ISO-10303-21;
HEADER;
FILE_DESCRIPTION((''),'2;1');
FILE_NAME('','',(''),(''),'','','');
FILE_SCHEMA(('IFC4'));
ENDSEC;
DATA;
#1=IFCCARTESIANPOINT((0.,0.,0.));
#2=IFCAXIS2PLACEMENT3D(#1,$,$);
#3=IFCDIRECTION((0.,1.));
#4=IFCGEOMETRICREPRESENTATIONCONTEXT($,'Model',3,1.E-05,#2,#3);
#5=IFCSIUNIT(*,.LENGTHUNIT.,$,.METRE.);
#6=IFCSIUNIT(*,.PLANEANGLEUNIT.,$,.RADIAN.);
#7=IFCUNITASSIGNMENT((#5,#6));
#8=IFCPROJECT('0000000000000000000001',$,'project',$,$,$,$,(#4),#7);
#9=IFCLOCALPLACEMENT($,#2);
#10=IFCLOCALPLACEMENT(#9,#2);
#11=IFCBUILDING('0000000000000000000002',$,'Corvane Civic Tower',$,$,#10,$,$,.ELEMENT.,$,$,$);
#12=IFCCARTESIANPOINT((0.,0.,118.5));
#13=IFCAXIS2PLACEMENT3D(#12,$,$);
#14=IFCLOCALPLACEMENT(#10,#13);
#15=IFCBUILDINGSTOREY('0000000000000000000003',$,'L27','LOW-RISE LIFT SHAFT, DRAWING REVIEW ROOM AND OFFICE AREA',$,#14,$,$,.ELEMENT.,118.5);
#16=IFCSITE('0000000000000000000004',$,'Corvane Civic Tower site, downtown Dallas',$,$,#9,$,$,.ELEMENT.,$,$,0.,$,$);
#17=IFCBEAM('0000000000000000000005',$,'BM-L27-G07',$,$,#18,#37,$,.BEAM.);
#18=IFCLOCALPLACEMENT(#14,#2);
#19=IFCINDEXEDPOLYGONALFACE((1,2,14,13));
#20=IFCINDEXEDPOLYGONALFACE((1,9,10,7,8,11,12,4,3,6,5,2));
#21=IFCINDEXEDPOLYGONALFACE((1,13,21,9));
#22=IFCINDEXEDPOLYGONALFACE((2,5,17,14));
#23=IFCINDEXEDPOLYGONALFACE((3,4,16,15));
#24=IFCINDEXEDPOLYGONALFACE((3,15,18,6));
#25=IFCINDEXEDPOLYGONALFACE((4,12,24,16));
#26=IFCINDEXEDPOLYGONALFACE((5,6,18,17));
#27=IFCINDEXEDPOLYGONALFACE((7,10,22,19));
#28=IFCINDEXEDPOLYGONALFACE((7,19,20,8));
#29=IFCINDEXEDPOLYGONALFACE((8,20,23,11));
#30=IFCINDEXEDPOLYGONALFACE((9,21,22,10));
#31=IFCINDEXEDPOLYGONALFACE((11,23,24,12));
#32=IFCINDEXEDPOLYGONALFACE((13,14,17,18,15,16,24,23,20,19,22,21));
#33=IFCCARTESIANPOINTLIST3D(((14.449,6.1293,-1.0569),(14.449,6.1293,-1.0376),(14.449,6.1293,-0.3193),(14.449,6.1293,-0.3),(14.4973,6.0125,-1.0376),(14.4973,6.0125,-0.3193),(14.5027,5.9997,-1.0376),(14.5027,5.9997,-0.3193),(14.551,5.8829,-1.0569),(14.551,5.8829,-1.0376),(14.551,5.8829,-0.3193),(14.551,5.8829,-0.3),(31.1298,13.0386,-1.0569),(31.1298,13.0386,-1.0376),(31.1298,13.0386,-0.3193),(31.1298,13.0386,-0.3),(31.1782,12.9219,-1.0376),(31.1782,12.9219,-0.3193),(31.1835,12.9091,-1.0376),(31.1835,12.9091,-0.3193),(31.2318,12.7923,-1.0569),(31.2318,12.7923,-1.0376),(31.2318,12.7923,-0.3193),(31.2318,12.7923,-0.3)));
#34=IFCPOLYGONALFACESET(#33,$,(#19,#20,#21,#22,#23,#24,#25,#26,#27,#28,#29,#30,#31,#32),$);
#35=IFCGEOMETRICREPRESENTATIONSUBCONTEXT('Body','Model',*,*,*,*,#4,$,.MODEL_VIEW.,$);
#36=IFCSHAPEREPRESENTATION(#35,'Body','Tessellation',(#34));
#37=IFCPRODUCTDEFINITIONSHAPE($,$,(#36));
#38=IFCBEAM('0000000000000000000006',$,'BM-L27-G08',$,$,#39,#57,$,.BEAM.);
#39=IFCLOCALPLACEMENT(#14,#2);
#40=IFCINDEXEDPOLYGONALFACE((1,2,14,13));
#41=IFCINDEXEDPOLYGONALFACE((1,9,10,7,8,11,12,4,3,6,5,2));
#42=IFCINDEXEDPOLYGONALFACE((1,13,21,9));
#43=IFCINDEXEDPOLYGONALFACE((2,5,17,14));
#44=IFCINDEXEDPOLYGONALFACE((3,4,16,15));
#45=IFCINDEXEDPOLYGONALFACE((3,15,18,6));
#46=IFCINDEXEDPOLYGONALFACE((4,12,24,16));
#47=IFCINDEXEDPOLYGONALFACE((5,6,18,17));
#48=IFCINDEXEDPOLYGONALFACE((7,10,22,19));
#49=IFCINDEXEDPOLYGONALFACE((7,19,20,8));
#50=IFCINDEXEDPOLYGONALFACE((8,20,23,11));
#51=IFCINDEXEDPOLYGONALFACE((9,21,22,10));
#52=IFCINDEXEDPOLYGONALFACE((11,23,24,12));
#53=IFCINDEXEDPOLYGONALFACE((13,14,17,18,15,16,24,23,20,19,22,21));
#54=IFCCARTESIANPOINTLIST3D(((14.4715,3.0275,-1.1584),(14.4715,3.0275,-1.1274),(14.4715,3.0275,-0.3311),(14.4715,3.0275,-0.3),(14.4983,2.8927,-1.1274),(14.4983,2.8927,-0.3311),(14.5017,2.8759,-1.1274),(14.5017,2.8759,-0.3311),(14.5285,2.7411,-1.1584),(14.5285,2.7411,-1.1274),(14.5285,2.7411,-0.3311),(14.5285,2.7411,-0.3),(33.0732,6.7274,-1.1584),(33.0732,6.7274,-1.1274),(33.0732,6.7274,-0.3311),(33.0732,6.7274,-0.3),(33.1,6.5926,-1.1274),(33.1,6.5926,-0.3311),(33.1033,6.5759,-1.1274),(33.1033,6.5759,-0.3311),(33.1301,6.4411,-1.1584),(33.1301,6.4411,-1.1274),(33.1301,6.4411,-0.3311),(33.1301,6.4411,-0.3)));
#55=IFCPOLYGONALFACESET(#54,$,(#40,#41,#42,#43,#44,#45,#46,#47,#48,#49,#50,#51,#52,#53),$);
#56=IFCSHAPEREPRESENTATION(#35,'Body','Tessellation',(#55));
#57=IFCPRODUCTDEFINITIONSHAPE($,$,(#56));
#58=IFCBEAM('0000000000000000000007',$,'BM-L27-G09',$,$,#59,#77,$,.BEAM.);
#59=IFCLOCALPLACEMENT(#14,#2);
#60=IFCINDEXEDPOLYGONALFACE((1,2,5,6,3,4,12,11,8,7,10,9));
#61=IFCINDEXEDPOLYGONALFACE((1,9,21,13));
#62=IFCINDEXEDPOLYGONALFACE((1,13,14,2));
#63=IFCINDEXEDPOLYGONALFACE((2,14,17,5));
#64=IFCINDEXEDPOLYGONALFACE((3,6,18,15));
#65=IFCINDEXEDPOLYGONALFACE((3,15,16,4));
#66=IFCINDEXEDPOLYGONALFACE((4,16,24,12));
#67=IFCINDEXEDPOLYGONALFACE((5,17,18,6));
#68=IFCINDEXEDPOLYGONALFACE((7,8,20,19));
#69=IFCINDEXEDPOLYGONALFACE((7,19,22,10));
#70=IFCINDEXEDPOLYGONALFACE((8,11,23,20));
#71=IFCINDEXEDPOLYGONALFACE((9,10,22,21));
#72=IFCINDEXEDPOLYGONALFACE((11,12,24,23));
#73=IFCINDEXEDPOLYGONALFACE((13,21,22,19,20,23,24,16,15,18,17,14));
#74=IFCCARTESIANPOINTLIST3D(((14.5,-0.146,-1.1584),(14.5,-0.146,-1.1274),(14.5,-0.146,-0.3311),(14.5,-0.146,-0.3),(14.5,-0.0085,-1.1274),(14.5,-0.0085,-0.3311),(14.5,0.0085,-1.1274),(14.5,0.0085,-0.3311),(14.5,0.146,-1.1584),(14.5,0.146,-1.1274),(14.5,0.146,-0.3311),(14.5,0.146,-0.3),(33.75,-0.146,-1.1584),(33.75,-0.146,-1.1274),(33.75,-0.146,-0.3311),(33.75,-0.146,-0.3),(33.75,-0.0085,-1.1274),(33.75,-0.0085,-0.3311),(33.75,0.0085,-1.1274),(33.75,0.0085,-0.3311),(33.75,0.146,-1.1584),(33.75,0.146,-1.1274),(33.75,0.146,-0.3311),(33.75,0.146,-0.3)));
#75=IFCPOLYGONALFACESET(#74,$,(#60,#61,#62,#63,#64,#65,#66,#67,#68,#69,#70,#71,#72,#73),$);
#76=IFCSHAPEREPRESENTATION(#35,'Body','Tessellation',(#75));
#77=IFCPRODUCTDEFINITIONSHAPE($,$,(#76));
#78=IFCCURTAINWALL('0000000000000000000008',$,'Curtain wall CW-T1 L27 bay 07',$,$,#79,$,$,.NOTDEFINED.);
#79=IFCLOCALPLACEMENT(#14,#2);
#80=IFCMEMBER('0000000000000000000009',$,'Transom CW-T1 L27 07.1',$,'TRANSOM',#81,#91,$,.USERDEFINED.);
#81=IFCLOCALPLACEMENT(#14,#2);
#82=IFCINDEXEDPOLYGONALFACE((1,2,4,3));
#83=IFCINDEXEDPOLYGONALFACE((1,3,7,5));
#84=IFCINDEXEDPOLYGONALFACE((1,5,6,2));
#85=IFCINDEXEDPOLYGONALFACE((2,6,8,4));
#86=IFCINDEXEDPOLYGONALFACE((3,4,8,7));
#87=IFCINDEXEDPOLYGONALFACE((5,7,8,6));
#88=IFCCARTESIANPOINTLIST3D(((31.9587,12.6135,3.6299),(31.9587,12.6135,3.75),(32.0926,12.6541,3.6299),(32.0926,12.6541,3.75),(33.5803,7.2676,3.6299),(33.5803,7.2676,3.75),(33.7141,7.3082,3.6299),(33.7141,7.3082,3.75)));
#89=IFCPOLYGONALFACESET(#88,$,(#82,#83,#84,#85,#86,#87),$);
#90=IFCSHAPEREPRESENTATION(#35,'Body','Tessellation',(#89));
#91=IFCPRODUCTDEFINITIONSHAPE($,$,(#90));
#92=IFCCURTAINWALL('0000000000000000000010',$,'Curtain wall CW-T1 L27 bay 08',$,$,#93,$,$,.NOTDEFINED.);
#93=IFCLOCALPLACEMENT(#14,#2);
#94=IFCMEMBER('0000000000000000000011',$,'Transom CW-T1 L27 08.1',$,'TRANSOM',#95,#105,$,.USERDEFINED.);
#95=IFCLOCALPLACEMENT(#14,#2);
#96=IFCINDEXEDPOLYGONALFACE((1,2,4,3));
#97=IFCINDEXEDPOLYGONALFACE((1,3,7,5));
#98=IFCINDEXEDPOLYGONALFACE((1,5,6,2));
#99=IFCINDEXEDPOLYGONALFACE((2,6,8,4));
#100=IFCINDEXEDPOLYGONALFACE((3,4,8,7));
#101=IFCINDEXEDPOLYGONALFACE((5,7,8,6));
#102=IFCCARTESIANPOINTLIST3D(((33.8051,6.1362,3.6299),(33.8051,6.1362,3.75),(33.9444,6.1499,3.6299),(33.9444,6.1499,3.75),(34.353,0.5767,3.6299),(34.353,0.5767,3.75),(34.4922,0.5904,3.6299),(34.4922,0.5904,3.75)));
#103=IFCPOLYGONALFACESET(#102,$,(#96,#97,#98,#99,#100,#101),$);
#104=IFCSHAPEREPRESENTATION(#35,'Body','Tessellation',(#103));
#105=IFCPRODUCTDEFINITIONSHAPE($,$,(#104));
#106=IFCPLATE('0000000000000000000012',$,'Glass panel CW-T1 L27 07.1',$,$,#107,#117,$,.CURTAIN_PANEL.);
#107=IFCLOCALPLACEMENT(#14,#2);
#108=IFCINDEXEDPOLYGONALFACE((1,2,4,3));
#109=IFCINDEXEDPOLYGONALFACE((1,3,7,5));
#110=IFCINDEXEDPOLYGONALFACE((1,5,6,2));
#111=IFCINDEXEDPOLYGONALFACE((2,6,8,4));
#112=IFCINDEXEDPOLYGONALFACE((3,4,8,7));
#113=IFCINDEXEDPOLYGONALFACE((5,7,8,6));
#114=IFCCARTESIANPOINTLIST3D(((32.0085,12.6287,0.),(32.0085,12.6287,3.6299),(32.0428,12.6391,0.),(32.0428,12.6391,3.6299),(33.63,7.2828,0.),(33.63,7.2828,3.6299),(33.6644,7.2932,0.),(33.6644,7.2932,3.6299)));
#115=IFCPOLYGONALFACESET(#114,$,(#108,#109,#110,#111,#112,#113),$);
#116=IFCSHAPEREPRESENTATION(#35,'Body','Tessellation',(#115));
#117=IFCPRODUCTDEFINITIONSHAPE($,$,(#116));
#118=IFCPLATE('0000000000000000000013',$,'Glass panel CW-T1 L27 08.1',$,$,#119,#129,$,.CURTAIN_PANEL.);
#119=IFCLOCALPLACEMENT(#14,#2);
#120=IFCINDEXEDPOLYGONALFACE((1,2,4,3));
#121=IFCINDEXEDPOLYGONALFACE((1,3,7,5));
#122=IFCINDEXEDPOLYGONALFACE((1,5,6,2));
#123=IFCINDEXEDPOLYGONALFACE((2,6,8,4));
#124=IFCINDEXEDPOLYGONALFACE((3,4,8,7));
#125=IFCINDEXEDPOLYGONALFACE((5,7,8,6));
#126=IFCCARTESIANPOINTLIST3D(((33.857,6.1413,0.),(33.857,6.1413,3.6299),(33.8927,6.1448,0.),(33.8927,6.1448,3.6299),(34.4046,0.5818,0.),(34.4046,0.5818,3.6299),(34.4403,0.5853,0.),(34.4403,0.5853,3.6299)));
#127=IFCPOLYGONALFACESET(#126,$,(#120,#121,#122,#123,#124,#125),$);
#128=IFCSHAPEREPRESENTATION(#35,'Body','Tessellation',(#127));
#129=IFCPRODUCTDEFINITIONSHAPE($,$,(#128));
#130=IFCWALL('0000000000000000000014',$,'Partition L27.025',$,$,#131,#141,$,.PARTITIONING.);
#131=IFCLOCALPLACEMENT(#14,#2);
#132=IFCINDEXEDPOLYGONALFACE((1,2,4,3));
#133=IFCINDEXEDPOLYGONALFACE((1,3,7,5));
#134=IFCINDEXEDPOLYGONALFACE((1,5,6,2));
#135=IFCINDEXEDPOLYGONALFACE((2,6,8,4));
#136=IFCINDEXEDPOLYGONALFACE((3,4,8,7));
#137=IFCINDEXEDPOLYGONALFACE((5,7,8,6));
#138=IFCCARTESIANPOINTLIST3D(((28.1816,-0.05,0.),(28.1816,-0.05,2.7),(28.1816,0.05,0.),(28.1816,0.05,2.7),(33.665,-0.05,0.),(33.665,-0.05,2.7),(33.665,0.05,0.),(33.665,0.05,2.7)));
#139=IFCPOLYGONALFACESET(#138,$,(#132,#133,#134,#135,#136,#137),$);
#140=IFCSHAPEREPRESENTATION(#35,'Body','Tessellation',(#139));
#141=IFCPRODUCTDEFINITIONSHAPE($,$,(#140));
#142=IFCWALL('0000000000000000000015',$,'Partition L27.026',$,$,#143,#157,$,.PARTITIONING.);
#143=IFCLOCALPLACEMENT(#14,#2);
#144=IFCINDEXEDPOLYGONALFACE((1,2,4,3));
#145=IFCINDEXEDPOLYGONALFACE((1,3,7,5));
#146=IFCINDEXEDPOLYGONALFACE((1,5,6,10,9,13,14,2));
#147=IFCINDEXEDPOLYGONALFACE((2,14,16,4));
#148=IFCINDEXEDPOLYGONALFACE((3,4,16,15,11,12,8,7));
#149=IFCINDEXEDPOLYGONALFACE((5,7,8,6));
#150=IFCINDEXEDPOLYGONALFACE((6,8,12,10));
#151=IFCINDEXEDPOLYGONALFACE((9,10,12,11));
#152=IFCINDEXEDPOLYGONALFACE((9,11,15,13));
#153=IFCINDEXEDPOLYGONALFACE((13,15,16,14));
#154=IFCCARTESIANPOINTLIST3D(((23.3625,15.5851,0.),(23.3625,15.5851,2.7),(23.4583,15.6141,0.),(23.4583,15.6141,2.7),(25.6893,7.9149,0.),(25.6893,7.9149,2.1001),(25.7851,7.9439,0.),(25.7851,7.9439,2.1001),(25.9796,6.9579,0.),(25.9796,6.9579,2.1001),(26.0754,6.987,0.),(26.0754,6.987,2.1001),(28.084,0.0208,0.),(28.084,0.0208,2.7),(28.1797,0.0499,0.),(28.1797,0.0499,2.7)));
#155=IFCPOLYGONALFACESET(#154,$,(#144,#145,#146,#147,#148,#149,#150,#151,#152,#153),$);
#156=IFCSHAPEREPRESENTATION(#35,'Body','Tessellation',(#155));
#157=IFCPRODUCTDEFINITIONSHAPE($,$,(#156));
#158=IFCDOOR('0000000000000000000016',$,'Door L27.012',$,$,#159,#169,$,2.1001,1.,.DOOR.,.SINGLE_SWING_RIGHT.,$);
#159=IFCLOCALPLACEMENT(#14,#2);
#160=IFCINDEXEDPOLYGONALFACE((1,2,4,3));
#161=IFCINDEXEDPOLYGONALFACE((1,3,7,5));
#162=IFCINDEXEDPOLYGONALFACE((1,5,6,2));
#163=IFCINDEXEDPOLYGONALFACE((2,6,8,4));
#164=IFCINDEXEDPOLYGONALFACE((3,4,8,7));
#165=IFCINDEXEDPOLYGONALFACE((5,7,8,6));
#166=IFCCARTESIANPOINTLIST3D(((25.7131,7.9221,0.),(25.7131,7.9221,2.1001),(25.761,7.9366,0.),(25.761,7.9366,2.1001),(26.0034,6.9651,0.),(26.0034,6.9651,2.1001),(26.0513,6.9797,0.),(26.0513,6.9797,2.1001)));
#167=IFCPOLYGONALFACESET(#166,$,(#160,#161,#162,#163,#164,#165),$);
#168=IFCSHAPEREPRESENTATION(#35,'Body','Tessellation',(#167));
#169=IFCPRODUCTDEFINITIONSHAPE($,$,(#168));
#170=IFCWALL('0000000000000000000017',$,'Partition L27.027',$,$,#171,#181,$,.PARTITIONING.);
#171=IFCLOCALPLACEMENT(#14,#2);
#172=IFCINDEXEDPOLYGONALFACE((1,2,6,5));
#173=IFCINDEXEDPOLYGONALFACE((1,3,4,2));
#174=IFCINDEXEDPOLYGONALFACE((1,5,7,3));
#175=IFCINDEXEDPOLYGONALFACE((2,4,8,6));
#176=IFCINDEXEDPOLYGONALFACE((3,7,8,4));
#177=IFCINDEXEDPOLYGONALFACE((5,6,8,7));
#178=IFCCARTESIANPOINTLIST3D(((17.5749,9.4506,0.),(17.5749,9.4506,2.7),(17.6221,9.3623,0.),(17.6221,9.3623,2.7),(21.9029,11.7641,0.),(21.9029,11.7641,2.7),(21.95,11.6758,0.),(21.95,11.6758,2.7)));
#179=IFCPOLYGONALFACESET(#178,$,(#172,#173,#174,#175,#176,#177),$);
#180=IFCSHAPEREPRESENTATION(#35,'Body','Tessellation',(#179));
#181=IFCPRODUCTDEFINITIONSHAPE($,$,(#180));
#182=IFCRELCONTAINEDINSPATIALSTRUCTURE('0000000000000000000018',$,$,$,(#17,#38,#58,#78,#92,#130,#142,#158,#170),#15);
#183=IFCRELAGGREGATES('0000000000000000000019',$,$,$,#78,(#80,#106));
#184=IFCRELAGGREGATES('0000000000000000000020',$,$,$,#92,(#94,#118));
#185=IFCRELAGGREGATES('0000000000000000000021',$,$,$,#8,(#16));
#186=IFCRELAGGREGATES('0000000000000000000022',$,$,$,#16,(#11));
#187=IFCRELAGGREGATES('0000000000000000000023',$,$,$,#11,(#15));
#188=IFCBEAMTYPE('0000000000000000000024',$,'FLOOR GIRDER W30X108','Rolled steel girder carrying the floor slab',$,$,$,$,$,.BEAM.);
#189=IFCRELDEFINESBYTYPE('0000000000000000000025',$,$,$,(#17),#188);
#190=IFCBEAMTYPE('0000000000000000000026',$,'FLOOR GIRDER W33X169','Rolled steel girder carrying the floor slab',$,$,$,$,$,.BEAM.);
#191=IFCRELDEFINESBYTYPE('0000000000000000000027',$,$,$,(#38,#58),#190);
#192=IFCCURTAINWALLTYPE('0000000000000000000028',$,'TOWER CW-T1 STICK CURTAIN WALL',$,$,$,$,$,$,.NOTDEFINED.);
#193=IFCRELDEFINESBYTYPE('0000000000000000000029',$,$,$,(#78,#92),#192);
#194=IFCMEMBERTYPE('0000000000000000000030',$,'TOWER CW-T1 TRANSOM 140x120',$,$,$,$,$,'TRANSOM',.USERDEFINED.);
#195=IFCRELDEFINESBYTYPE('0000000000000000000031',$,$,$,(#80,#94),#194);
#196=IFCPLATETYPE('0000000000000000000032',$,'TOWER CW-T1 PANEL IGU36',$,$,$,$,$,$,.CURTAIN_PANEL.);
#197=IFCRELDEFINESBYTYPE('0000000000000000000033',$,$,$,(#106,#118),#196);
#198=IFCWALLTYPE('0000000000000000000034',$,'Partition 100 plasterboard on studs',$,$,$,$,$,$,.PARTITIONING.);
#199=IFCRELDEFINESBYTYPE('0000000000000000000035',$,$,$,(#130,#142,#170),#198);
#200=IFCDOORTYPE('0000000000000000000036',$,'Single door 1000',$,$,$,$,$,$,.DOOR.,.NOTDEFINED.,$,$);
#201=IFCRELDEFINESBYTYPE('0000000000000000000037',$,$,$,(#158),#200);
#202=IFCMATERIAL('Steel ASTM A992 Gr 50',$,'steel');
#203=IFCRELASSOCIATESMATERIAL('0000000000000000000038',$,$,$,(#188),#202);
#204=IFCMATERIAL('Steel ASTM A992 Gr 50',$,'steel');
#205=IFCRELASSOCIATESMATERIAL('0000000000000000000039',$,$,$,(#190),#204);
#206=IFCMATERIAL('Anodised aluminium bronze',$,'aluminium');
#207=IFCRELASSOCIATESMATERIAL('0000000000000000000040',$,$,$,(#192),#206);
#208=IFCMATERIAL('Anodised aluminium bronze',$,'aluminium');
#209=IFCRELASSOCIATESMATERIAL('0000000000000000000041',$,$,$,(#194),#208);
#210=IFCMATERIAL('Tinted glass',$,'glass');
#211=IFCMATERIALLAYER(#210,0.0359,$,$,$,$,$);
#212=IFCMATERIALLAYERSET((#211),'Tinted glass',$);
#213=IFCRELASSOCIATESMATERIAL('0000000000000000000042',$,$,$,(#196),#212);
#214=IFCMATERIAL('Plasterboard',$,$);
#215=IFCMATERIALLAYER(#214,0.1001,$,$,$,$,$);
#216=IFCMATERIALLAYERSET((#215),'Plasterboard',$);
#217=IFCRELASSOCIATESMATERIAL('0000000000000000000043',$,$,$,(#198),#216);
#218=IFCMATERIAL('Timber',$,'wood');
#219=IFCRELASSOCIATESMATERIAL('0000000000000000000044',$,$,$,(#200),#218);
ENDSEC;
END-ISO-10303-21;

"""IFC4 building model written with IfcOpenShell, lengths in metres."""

from ifc_helpers import new_model, si_unit, direction, frame, frame_2d, origin, origin_2d, place, context, subcontext, project, spatial, rectangle, i_section, extrude, material, layer, layer_set, material_profile, profile_set, type_object, element, fill, aggregate, save


model = new_model("IFC4")

# Units and contexts
model_context = context("Model", 3, precision=1e-05, world=origin(), true_north=direction((0.0, 1.0)))
body_context = subcontext(model_context, "Body", "Model", "MODEL_VIEW")
ifc_project = project(units=[si_unit("LENGTHUNIT", "METRE"), si_unit("PLANEANGLEUNIT", "RADIAN")], contexts=[model_context])

# Site, building, storey
site_placement = place(None, origin())
site = spatial("IfcSite", under=ifc_project, at=site_placement, Name="Corvane Civic Tower site, downtown Dallas", CompositionType="ELEMENT", RefElevation=0.0)
building_placement = place(site_placement, origin())
building = spatial("IfcBuilding", under=site, at=building_placement, Name="Corvane Civic Tower", CompositionType="ELEMENT")
storey_placement = place(building_placement, frame((0.0, 0.0, 118.5)))
storey = spatial("IfcBuildingStorey", under=building, at=storey_placement, Name="L27", Description="LOW-RISE LIFT SHAFT, DRAWING REVIEW ROOM AND OFFICE AREA", CompositionType="ELEMENT", Elevation=118.5)

# Beams
ifc_material_1 = material(Name="Steel ASTM A992 Gr 50", Category="steel")
ifc_material_profile_1 = material_profile(ifc_material_1, i_section(OverallWidth=0.2666, OverallDepth=0.7568, WebThickness=0.0139, FlangeThickness=0.0193, at=origin_2d()), Name="W30X108")
ifc_profile_set_1 = profile_set([ifc_material_profile_1], Name="Steel ASTM A992 Gr 50")
beam_type_1 = type_object("IfcBeamType", Name="FLOOR GIRDER W30X108", Description="Rolled steel girder carrying the floor slab", PredefinedType="BEAM", material=ifc_profile_set_1)
beam_1_placement = place(storey_placement, frame((14.5, 6.0061, -0.6785), z_axis=(0.92388, 0.382682, 0.0), x_axis=(-0.382682, 0.92388, 0.0)))
element("IfcBeam", 1, at=beam_1_placement, inside=storey, type_object=beam_type_1, Name="BM-L27-G07", PredefinedType="BEAM", context=body_context, shape_type="SweptSolid", body=[
    extrude(i_section(OverallWidth=0.2666, OverallDepth=0.7568, WebThickness=0.0139, FlangeThickness=0.0193, at=origin_2d()), origin(), (0.0, 0.0, 1.0), 18.0552),
])
ifc_material_2 = material(Name="Steel ASTM A992 Gr 50", Category="steel")
ifc_material_profile_2 = material_profile(ifc_material_2, i_section(OverallWidth=0.292, OverallDepth=0.8584, WebThickness=0.0171, FlangeThickness=0.031, at=origin_2d()), Name="W33X169")
ifc_profile_set_2 = profile_set([ifc_material_profile_2], Name="Steel ASTM A992 Gr 50")
beam_type_2 = type_object("IfcBeamType", Name="FLOOR GIRDER W33X169", Description="Rolled steel girder carrying the floor slab", PredefinedType="BEAM", material=ifc_profile_set_2)
beam_2_placement = place(storey_placement, frame((14.5, 2.8843, -0.7292), z_axis=(0.980787, 0.195084, 0.0), x_axis=(-0.195084, 0.980787, 0.0)))
element("IfcBeam", 2, at=beam_2_placement, inside=storey, type_object=beam_type_2, Name="BM-L27-G08", PredefinedType="BEAM", context=body_context, shape_type="SweptSolid", body=[
    extrude(i_section(OverallWidth=0.292, OverallDepth=0.8584, WebThickness=0.0171, FlangeThickness=0.031, at=origin_2d()), origin(), (0.0, 0.0, 1.0), 18.9661),
])
beam_3_placement = place(storey_placement, frame((14.5, 0.0, -0.7292), z_axis=(1.0, 0.0, 0.0), x_axis=(0.0, 1.0, 0.0)))
element("IfcBeam", 3, at=beam_3_placement, inside=storey, type_object=beam_type_2, Name="BM-L27-G09", PredefinedType="BEAM", context=body_context, shape_type="SweptSolid", body=[
    extrude(i_section(OverallWidth=0.292, OverallDepth=0.8584, WebThickness=0.0171, FlangeThickness=0.031, at=origin_2d()), origin(), (0.0, 0.0, 1.0), 19.25),
])

# Curtain walls, members
ifc_material_3 = material(Name="Anodised aluminium bronze", Category="aluminium")
curtain_wall_type = type_object("IfcCurtainWallType", Name="TOWER CW-T1 STICK CURTAIN WALL", PredefinedType="NOTDEFINED", material=ifc_material_3)
curtain_wall_1_placement = place(storey_placement, origin())
curtain_wall_1 = element("IfcCurtainWall", 4, at=curtain_wall_1_placement, inside=storey, type_object=curtain_wall_type, Name="Curtain wall CW-T1 L27 bay 07", PredefinedType="NOTDEFINED")
ifc_material_4 = material(Name="Anodised aluminium bronze", Category="aluminium")
ifc_material_profile_3 = material_profile(ifc_material_4, rectangle(XDim=0.1399, YDim=0.1201, at=origin_2d()), Name="TOWER CW-T1 TRANSOM 140x120")
ifc_profile_set_3 = profile_set([ifc_material_profile_3], Name="Anodised aluminium bronze")
member_type = type_object("IfcMemberType", Name="TOWER CW-T1 TRANSOM 140x120", ElementType="TRANSOM", PredefinedType="USERDEFINED", material=ifc_profile_set_3)
member_1_placement = place(storey_placement, frame((32.0256, 12.6338, 3.6899), z_axis=(0.290269, -0.956945, 0.0), x_axis=(0.956945, 0.290269, 0.0)))
member_1 = element("IfcMember", 5, at=member_1_placement, type_object=member_type, Name="Transom CW-T1 L27 07.1", ObjectType="TRANSOM", PredefinedType="USERDEFINED", context=body_context, shape_type="SweptSolid", body=[
    extrude(rectangle(XDim=0.1399, YDim=0.1201, at=origin_2d()), origin(), (0.0, 0.0, 1.0), 5.5864),
])
curtain_wall_2_placement = place(storey_placement, origin())
curtain_wall_2 = element("IfcCurtainWall", 6, at=curtain_wall_2_placement, inside=storey, type_object=curtain_wall_type, Name="Curtain wall CW-T1 L27 bay 08", PredefinedType="NOTDEFINED")
member_2_placement = place(storey_placement, frame((33.8748, 6.1431, 3.6899), z_axis=(0.098067, -0.99518, 0.0), x_axis=(0.99518, 0.098067, 0.0)))
member_2 = element("IfcMember", 7, at=member_2_placement, type_object=member_type, Name="Transom CW-T1 L27 08.1", ObjectType="TRANSOM", PredefinedType="USERDEFINED", context=body_context, shape_type="SweptSolid", body=[
    extrude(rectangle(XDim=0.1399, YDim=0.1201, at=origin_2d()), origin(), (0.0, 0.0, 1.0), 5.5864),
])

# Plates
ifc_material_5 = material(Name="Tinted glass", Category="glass")
ifc_layer_1 = layer(ifc_material_5, 0.0359)
ifc_layer_set_1 = layer_set([ifc_layer_1], Name="Tinted glass")
plate_type = type_object("IfcPlateType", Name="TOWER CW-T1 PANEL IGU36", PredefinedType="CURTAIN_PANEL", material=ifc_layer_set_1)
plate_1_placement = place(storey_placement, frame((32.8364, 9.9609, 0.0), z_axis=(0.0, 0.0, 1.0), x_axis=(0.290266, -0.956946, 0.0)))
plate_1 = element("IfcPlate", 8, at=plate_1_placement, type_object=plate_type, Name="Glass panel CW-T1 L27 07.1", PredefinedType="CURTAIN_PANEL", context=body_context, shape_type="SweptSolid", body=[
    extrude(rectangle(XDim=5.5864, YDim=0.0359, at=origin_2d()), origin(), (0.0, 0.0, 1.0), 3.6299),
])
aggregate(curtain_wall_1, [member_1, plate_1])
plate_2_placement = place(storey_placement, frame((34.1487, 3.3633, 0.0), z_axis=(0.0, 0.0, 1.0), x_axis=(0.098027, -0.995184, 0.0)))
plate_2 = element("IfcPlate", 9, at=plate_2_placement, type_object=plate_type, Name="Glass panel CW-T1 L27 08.1", PredefinedType="CURTAIN_PANEL", context=body_context, shape_type="SweptSolid", body=[
    extrude(rectangle(XDim=5.5864, YDim=0.0359, at=origin_2d()), origin(), (0.0, 0.0, 1.0), 3.6299),
])
aggregate(curtain_wall_2, [member_2, plate_2])

# Wall
ifc_material_6 = material(Name="Plasterboard")
ifc_layer_2 = layer(ifc_material_6, 0.1001)
ifc_layer_set_2 = layer_set([ifc_layer_2], Name="Plasterboard")
wall_type = type_object("IfcWallType", Name="Partition 100 plasterboard on studs", PredefinedType="PARTITIONING", material=ifc_layer_set_2)
wall_1_placement = place(storey_placement, frame((28.1816, 0.0, 0.0), z_axis=(0.0, 0.0, 1.0), x_axis=(1.0, 0.0, 0.0)))
element("IfcWall", 10, at=wall_1_placement, inside=storey, type_object=wall_type, Name="Partition L27.025", PredefinedType="PARTITIONING", context=body_context, shape_type="SweptSolid", body=[
    extrude(rectangle(XDim=5.4834, YDim=0.1001, at=frame_2d((2.7417, 0.0))), origin(), (0.0, 0.0, 1.0), 2.7),
])

# Wall, opening, door
wall_2_placement = place(storey_placement, frame((23.4104, 15.5996, 0.0), z_axis=(0.0, 0.0, 1.0), x_axis=(0.290289, -0.956939, 0.0)))
wall_2 = element("IfcWall", 11, at=wall_2_placement, inside=storey, type_object=wall_type, Name="Partition L27.026", PredefinedType="PARTITIONING", context=body_context, shape_type="SweptSolid", body=[
    extrude(rectangle(XDim=16.2646, YDim=0.1001, at=frame_2d((8.1323, 0.0))), origin(), (0.0, 0.0, 1.0), 2.7),
])
opening_placement = place(wall_2_placement, frame((8.0154, 0.0, 0.0)))
opening = element("IfcOpeningElement", 12, at=opening_placement, cuts=wall_2, PredefinedType="OPENING", context=body_context, shape_type="SweptSolid", body=[
    extrude(rectangle(XDim=1.0, YDim=2.1001, at=frame_2d((0.5, 1.05))), frame((0.0, 0.0601, 0.0), z_axis=(0.0, -1.0, 0.0), x_axis=(1.0, 0.0, 0.0)), (0.0, 0.0, 1.0), 0.1201),
])
ifc_material_7 = material(Name="Timber", Category="wood")
door_type = type_object("IfcDoorType", Name="Single door 1000", OperationType="NOTDEFINED", PredefinedType="DOOR", material=ifc_material_7)
door_placement = place(opening_placement, origin())
door = element("IfcDoor", 13, at=door_placement, inside=storey, type_object=door_type, Name="Door L27.012", OperationType="SINGLE_SWING_RIGHT", OverallHeight=2.1001, OverallWidth=1.0, PredefinedType="DOOR", context=body_context, shape_type="SweptSolid", body=[
    extrude(rectangle(XDim=1.0, YDim=2.1001, at=frame_2d((0.5, 1.05))), frame((0.0, 0.0249, 0.0), z_axis=(0.0, -1.0, 0.0), x_axis=(1.0, 0.0, 0.0)), (0.0, 0.0, 1.0), 0.05),
])
fill(opening, door)

# Wall
wall_3_placement = place(storey_placement, frame((17.5986, 9.4065, 0.0), z_axis=(0.0, 0.0, 1.0), x_axis=(0.881906, 0.471425, 0.0)))
element("IfcWall", 14, at=wall_3_placement, inside=storey, type_object=wall_type, Name="Partition L27.027", PredefinedType="PARTITIONING", context=body_context, shape_type="SweptSolid", body=[
    extrude(rectangle(XDim=4.9075, YDim=0.1001, at=frame_2d((2.4536, 0.0))), origin(), (0.0, 0.0, 1.0), 2.7),
])

save(model, "model.ifc")
